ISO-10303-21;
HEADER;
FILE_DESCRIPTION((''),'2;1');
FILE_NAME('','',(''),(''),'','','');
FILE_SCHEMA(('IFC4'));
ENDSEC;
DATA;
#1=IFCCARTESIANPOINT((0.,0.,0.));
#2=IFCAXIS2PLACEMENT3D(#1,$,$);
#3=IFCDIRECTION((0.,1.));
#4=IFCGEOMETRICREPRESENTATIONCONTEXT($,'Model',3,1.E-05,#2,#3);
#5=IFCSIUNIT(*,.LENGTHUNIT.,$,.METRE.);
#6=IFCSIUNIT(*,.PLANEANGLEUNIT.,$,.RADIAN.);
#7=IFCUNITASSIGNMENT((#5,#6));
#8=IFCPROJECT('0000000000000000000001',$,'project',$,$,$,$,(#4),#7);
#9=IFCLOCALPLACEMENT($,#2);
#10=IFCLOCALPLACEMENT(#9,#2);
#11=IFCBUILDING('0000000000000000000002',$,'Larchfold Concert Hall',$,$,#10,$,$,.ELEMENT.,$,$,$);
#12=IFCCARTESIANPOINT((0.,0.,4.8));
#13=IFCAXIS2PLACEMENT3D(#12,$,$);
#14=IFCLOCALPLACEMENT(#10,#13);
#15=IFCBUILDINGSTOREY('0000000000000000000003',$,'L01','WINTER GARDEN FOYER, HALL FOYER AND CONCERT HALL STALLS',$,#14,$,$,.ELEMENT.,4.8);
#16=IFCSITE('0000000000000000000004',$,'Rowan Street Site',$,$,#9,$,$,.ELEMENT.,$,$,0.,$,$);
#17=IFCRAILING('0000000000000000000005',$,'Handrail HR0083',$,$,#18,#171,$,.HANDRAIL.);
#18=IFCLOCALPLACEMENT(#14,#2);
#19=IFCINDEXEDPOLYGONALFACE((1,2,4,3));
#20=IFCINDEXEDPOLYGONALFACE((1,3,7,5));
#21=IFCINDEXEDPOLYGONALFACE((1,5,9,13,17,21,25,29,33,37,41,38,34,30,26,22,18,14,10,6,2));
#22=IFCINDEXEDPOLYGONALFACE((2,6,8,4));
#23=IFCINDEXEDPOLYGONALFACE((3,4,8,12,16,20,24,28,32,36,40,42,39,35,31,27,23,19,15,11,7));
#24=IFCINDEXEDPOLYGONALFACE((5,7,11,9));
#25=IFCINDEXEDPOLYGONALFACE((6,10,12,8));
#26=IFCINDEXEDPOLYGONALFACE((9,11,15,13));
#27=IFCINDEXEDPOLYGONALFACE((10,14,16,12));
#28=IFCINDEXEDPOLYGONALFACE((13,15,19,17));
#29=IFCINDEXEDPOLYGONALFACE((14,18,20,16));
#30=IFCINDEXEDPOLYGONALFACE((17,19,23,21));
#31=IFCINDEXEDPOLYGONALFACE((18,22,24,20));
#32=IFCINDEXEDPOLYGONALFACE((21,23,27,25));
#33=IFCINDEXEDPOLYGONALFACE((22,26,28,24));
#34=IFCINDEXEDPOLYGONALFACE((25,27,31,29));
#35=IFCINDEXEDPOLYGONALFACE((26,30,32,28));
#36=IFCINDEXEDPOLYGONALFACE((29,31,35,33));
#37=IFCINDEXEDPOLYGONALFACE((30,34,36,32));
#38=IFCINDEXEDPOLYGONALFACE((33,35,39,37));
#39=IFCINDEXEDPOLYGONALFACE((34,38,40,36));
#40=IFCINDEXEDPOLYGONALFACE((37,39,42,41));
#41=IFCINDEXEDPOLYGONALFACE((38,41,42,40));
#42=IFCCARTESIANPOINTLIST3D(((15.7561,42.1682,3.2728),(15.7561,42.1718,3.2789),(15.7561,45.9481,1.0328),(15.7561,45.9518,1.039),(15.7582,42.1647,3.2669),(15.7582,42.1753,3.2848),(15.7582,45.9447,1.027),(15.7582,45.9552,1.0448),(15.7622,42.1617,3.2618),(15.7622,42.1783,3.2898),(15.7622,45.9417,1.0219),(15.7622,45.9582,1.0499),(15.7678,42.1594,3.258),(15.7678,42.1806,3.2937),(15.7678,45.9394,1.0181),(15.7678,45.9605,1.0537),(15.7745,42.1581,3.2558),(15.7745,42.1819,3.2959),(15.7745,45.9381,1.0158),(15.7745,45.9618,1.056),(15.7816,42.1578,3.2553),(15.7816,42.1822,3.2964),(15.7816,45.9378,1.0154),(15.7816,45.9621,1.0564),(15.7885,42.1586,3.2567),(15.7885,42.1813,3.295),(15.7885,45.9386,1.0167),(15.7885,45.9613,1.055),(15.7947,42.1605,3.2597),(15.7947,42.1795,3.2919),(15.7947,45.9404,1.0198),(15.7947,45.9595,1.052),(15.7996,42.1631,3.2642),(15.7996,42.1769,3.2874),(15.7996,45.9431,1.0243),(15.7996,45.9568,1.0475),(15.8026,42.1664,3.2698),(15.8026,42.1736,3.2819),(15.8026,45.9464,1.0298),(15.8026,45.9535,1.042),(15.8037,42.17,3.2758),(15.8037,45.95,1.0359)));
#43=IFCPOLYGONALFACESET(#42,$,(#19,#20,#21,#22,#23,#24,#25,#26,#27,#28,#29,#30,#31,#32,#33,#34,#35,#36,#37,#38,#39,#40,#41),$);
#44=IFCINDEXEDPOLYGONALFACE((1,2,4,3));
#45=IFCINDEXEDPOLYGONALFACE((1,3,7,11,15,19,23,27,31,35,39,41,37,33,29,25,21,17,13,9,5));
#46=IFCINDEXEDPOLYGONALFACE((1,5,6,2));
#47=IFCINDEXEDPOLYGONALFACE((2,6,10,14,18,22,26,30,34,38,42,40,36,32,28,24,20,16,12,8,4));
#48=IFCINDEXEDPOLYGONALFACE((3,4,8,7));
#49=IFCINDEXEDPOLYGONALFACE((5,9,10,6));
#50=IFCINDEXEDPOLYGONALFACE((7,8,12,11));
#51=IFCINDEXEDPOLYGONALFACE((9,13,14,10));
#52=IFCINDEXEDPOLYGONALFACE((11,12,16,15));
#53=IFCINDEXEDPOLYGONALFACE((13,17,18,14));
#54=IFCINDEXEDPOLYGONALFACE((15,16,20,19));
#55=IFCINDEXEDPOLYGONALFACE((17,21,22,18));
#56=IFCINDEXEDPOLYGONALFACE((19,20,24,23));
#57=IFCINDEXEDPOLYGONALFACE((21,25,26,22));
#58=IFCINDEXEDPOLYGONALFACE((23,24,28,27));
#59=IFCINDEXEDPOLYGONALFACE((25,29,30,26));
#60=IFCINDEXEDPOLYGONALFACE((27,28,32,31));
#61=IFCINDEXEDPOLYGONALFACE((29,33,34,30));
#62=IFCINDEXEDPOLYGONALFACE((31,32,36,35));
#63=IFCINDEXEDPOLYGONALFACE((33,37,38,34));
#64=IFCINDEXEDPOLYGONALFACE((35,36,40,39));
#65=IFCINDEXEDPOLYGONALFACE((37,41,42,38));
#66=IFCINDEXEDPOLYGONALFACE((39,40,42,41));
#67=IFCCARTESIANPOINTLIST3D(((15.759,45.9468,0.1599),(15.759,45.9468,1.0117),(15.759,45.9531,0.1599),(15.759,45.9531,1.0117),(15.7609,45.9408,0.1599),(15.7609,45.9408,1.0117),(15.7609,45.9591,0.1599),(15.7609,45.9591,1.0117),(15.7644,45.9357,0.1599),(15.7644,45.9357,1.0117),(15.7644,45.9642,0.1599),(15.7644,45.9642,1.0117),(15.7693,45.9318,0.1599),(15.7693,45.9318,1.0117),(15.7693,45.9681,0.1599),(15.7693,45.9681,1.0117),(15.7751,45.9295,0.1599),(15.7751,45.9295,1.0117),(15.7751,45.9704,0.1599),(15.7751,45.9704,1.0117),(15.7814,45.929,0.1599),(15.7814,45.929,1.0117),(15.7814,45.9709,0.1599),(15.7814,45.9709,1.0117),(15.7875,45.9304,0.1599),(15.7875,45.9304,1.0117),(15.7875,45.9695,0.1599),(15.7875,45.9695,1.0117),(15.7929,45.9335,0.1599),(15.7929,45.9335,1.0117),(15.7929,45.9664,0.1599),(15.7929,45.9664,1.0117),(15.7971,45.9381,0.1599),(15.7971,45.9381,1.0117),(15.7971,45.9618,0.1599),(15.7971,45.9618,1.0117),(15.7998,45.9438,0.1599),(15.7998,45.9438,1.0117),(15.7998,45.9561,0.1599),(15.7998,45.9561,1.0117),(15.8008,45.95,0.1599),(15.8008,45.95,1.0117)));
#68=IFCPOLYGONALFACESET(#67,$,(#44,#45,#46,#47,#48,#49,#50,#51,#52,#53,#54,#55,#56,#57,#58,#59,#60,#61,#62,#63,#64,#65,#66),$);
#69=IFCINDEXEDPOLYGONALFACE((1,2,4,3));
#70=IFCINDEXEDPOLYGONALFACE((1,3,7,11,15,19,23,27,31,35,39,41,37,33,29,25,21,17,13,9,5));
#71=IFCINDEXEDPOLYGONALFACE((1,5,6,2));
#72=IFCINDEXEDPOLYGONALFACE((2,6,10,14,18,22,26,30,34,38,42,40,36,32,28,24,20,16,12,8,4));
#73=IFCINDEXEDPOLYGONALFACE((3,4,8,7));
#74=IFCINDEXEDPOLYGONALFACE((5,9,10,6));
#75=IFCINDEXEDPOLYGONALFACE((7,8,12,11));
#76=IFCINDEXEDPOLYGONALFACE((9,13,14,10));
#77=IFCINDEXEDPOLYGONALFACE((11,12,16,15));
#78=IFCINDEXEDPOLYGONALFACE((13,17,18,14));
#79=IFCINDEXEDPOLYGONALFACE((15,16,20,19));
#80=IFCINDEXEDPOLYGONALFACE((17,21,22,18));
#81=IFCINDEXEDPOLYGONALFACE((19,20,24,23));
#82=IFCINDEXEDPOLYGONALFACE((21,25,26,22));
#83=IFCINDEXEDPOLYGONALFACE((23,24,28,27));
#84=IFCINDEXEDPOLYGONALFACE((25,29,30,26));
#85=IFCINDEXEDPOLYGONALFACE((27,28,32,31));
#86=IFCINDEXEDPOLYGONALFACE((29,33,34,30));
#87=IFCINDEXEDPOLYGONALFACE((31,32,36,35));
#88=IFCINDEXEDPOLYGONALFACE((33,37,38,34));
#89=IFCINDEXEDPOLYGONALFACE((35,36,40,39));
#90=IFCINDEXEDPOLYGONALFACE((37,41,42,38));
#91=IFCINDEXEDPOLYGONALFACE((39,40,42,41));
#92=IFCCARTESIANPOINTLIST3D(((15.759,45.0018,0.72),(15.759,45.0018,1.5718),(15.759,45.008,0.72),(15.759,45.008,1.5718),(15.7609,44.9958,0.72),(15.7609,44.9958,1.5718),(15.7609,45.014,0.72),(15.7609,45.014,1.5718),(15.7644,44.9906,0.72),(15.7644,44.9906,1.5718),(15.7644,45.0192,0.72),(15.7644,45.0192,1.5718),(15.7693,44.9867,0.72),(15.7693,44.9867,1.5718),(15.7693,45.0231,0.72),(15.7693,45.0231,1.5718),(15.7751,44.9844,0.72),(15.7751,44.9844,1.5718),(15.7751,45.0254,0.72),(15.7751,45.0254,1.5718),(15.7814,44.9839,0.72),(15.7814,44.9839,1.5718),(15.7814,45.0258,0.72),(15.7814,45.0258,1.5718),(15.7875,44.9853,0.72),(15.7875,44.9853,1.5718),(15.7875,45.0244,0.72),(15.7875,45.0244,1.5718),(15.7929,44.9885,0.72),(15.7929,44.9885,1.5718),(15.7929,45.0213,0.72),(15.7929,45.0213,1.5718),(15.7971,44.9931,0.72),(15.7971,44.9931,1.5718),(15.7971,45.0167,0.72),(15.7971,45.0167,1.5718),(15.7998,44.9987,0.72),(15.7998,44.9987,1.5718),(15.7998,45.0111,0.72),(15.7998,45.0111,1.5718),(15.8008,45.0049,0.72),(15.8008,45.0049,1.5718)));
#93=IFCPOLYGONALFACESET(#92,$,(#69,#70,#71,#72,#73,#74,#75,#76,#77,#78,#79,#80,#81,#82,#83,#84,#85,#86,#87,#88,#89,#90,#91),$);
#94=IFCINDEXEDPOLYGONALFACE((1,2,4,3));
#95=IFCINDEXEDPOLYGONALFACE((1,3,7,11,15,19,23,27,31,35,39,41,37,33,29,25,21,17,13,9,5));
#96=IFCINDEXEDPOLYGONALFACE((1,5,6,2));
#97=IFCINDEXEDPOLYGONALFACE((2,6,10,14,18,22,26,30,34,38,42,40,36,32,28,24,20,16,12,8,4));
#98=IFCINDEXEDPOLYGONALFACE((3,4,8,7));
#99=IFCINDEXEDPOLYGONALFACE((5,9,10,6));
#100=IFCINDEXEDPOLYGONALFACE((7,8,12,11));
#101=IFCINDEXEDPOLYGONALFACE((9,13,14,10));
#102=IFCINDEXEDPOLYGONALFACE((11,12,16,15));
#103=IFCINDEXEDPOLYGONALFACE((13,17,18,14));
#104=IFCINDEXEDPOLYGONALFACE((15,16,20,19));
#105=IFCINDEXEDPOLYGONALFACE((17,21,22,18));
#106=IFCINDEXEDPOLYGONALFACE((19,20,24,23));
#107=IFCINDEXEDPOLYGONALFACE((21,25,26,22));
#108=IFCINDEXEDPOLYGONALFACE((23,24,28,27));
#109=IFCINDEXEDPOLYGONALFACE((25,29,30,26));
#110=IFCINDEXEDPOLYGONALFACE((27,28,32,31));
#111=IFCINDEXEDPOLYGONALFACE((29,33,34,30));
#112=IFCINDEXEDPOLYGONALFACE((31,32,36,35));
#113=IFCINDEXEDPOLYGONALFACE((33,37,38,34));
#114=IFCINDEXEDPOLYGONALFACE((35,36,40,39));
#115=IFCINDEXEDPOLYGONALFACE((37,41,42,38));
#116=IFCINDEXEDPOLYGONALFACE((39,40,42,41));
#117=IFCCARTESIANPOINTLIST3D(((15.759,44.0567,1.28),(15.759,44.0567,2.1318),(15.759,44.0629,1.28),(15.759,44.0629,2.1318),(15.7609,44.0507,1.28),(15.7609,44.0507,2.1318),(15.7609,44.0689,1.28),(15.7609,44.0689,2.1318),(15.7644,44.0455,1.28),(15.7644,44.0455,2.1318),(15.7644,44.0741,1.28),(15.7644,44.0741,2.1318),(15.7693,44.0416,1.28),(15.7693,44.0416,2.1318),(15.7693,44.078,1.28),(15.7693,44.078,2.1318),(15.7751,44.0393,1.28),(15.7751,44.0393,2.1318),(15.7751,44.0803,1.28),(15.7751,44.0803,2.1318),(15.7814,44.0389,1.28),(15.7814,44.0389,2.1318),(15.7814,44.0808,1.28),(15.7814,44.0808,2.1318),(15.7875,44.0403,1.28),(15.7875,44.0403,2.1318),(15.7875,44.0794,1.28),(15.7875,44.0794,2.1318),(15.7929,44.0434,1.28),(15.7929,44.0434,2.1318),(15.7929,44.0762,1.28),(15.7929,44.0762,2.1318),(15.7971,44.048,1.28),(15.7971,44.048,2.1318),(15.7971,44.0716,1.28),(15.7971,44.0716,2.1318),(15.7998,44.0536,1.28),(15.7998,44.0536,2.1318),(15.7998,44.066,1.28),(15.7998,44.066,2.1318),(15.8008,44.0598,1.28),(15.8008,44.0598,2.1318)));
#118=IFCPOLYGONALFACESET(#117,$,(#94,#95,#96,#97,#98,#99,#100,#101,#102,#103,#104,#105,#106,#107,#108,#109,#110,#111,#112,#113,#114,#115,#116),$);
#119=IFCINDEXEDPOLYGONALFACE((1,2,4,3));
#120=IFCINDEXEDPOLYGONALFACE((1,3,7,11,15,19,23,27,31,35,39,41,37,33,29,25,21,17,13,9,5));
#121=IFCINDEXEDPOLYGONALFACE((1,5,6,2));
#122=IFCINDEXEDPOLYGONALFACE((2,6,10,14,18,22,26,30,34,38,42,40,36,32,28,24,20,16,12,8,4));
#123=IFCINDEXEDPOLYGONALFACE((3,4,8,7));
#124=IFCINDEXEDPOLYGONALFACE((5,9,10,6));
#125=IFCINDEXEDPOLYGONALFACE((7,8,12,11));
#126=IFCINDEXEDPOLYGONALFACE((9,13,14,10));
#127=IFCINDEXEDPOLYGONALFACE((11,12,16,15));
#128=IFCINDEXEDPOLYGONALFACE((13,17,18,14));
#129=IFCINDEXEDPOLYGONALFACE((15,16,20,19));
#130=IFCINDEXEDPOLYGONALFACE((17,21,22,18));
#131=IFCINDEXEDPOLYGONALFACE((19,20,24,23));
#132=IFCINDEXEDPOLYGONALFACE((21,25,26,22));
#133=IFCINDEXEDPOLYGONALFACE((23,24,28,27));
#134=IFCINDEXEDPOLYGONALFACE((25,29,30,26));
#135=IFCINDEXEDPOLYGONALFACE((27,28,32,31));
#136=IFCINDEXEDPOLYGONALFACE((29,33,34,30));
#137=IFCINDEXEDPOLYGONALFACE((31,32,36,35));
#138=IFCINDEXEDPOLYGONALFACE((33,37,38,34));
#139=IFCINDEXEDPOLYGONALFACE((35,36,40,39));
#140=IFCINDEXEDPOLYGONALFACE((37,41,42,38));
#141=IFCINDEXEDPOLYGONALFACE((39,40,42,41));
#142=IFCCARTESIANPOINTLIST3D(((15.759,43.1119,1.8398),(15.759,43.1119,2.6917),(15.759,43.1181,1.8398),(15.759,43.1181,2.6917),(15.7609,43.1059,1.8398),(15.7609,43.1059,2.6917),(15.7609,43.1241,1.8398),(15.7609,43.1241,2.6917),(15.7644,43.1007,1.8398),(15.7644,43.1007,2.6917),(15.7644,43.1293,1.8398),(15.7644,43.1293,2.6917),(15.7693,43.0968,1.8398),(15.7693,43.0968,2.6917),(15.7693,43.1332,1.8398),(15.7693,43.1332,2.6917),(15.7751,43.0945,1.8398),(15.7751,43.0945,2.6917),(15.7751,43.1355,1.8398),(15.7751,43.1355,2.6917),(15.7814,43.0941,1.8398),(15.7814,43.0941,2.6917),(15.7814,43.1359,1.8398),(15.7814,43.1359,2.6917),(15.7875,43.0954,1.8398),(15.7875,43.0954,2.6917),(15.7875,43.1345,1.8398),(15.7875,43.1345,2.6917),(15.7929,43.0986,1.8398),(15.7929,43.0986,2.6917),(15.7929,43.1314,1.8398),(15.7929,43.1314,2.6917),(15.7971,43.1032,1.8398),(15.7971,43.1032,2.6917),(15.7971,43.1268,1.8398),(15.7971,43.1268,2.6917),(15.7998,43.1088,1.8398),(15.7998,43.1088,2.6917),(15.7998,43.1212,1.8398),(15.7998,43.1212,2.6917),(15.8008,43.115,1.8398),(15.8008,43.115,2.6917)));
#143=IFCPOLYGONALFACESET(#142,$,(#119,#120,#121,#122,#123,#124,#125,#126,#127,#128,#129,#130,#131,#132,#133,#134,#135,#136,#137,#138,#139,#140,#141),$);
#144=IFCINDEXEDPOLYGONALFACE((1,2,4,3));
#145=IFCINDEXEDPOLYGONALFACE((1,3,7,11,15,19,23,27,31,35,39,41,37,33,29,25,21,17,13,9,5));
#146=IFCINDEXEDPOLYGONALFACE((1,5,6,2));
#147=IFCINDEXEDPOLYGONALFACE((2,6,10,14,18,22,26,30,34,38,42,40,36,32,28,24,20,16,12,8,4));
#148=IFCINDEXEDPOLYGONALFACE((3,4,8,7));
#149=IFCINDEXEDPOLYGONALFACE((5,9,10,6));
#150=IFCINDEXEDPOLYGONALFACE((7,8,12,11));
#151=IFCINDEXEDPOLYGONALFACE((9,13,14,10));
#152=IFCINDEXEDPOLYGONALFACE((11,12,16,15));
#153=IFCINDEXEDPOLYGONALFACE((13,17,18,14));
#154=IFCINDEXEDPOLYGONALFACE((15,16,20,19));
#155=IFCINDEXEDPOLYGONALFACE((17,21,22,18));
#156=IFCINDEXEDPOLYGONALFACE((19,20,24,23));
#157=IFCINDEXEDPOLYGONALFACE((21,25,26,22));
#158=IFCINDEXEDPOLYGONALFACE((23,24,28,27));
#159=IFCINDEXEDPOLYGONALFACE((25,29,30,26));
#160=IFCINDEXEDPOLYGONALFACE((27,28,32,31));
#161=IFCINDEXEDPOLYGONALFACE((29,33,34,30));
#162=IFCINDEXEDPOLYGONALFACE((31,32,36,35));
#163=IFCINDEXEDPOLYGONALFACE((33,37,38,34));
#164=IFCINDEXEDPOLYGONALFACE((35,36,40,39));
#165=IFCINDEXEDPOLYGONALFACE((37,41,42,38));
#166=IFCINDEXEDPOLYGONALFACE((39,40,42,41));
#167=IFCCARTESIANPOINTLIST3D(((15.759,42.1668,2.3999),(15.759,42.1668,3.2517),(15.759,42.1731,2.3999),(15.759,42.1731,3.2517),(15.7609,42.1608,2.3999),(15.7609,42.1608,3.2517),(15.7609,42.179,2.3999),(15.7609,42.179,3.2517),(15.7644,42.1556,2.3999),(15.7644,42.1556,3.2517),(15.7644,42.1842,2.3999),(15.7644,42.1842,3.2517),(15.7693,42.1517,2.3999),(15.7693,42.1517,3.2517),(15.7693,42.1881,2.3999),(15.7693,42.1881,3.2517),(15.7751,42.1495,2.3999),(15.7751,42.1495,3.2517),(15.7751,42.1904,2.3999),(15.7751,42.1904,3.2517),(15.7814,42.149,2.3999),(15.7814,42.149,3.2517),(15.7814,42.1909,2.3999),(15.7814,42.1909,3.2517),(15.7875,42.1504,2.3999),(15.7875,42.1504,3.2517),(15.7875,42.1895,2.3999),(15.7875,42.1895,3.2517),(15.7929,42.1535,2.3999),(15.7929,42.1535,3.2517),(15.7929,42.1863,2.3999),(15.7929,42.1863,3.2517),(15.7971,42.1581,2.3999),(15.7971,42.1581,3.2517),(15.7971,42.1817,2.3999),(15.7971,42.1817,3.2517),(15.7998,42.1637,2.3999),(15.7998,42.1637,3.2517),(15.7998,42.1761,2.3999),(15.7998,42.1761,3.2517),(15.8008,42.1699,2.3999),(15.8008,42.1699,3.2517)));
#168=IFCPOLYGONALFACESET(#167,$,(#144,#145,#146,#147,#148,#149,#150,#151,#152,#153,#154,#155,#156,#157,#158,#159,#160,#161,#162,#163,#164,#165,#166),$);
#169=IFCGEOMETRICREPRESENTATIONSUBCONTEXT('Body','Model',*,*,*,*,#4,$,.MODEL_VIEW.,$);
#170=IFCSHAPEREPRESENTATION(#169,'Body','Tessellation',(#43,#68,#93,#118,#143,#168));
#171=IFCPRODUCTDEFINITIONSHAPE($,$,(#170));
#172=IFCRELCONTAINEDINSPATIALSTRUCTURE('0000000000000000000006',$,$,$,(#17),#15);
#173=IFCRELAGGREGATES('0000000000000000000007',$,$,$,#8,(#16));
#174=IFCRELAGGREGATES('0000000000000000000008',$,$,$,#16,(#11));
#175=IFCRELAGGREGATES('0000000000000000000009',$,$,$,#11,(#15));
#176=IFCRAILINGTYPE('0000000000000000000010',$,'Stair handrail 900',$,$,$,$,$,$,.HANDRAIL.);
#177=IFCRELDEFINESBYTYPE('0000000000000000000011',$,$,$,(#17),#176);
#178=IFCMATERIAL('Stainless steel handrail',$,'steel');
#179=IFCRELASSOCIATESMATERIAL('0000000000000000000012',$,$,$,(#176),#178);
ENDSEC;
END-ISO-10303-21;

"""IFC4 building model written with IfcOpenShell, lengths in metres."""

from ifc_helpers import new_model, si_unit, direction, frame, origin, origin_2d, place, context, subcontext, project, spatial, circle, extrude, material, type_object, element, save


model = new_model("IFC4")

# Units and contexts
model_context = context("Model", 3, precision=1e-05, world=origin(), true_north=direction((0.0, 1.0)))
body_context = subcontext(model_context, "Body", "Model", "MODEL_VIEW")
ifc_project = project(units=[si_unit("LENGTHUNIT", "METRE"), si_unit("PLANEANGLEUNIT", "RADIAN")], contexts=[model_context])

# Site, building, storey
site_placement = place(None, origin())
site = spatial("IfcSite", under=ifc_project, at=site_placement, Name="Rowan Street Site", CompositionType="ELEMENT", RefElevation=0.0)
building_placement = place(site_placement, origin())
building = spatial("IfcBuilding", under=site, at=building_placement, Name="Larchfold Concert Hall", CompositionType="ELEMENT")
storey_placement = place(building_placement, frame((0.0, 0.0, 4.8)))
storey = spatial("IfcBuildingStorey", under=building, at=storey_placement, Name="L01", Description="WINTER GARDEN FOYER, HALL FOYER AND CONCERT HALL STALLS", CompositionType="ELEMENT", Elevation=4.8)

# Railing
ifc_material_1 = material(Name="Stainless steel handrail", Category="steel")
railing_type_1 = type_object("IfcRailingType", Name="Stair handrail 900", PredefinedType="HANDRAIL", material=ifc_material_1)
railing_1_placement = place(storey_placement, frame((15.7798, 45.95, 0.1599)))
element("IfcRailing", 1, at=railing_1_placement, inside=storey, type_object=railing_type_1, Name="Handrail HR0083", PredefinedType="HANDRAIL", context=body_context, shape_type="SweptSolid", body=[
    extrude(circle(Radius=0.0239, at=origin_2d()), frame((0.0, 0.0, 0.876), z_axis=(0.0, -0.860294, 0.509798), x_axis=(1.0, 0.0, 0.0)), (0.0, 0.0, 1.0), 4.3938),
    extrude(circle(Radius=0.021, at=origin_2d()), origin(), (0.0, 0.0, 1.0), 0.8518),
    extrude(circle(Radius=0.021, at=origin_2d()), frame((0.0, -0.9451, 0.5601)), (0.0, 0.0, 1.0), 0.8518),
    extrude(circle(Radius=0.021, at=origin_2d()), frame((0.0, -1.8901, 1.1201)), (0.0, 0.0, 1.0), 0.8518),
    extrude(circle(Radius=0.021, at=origin_2d()), frame((0.0, -2.835, 1.6799)), (0.0, 0.0, 1.0), 0.8518),
    extrude(circle(Radius=0.021, at=origin_2d()), frame((0.0, -3.78, 2.24)), (0.0, 0.0, 1.0), 0.8518),
])

save(model, "model.ifc")
